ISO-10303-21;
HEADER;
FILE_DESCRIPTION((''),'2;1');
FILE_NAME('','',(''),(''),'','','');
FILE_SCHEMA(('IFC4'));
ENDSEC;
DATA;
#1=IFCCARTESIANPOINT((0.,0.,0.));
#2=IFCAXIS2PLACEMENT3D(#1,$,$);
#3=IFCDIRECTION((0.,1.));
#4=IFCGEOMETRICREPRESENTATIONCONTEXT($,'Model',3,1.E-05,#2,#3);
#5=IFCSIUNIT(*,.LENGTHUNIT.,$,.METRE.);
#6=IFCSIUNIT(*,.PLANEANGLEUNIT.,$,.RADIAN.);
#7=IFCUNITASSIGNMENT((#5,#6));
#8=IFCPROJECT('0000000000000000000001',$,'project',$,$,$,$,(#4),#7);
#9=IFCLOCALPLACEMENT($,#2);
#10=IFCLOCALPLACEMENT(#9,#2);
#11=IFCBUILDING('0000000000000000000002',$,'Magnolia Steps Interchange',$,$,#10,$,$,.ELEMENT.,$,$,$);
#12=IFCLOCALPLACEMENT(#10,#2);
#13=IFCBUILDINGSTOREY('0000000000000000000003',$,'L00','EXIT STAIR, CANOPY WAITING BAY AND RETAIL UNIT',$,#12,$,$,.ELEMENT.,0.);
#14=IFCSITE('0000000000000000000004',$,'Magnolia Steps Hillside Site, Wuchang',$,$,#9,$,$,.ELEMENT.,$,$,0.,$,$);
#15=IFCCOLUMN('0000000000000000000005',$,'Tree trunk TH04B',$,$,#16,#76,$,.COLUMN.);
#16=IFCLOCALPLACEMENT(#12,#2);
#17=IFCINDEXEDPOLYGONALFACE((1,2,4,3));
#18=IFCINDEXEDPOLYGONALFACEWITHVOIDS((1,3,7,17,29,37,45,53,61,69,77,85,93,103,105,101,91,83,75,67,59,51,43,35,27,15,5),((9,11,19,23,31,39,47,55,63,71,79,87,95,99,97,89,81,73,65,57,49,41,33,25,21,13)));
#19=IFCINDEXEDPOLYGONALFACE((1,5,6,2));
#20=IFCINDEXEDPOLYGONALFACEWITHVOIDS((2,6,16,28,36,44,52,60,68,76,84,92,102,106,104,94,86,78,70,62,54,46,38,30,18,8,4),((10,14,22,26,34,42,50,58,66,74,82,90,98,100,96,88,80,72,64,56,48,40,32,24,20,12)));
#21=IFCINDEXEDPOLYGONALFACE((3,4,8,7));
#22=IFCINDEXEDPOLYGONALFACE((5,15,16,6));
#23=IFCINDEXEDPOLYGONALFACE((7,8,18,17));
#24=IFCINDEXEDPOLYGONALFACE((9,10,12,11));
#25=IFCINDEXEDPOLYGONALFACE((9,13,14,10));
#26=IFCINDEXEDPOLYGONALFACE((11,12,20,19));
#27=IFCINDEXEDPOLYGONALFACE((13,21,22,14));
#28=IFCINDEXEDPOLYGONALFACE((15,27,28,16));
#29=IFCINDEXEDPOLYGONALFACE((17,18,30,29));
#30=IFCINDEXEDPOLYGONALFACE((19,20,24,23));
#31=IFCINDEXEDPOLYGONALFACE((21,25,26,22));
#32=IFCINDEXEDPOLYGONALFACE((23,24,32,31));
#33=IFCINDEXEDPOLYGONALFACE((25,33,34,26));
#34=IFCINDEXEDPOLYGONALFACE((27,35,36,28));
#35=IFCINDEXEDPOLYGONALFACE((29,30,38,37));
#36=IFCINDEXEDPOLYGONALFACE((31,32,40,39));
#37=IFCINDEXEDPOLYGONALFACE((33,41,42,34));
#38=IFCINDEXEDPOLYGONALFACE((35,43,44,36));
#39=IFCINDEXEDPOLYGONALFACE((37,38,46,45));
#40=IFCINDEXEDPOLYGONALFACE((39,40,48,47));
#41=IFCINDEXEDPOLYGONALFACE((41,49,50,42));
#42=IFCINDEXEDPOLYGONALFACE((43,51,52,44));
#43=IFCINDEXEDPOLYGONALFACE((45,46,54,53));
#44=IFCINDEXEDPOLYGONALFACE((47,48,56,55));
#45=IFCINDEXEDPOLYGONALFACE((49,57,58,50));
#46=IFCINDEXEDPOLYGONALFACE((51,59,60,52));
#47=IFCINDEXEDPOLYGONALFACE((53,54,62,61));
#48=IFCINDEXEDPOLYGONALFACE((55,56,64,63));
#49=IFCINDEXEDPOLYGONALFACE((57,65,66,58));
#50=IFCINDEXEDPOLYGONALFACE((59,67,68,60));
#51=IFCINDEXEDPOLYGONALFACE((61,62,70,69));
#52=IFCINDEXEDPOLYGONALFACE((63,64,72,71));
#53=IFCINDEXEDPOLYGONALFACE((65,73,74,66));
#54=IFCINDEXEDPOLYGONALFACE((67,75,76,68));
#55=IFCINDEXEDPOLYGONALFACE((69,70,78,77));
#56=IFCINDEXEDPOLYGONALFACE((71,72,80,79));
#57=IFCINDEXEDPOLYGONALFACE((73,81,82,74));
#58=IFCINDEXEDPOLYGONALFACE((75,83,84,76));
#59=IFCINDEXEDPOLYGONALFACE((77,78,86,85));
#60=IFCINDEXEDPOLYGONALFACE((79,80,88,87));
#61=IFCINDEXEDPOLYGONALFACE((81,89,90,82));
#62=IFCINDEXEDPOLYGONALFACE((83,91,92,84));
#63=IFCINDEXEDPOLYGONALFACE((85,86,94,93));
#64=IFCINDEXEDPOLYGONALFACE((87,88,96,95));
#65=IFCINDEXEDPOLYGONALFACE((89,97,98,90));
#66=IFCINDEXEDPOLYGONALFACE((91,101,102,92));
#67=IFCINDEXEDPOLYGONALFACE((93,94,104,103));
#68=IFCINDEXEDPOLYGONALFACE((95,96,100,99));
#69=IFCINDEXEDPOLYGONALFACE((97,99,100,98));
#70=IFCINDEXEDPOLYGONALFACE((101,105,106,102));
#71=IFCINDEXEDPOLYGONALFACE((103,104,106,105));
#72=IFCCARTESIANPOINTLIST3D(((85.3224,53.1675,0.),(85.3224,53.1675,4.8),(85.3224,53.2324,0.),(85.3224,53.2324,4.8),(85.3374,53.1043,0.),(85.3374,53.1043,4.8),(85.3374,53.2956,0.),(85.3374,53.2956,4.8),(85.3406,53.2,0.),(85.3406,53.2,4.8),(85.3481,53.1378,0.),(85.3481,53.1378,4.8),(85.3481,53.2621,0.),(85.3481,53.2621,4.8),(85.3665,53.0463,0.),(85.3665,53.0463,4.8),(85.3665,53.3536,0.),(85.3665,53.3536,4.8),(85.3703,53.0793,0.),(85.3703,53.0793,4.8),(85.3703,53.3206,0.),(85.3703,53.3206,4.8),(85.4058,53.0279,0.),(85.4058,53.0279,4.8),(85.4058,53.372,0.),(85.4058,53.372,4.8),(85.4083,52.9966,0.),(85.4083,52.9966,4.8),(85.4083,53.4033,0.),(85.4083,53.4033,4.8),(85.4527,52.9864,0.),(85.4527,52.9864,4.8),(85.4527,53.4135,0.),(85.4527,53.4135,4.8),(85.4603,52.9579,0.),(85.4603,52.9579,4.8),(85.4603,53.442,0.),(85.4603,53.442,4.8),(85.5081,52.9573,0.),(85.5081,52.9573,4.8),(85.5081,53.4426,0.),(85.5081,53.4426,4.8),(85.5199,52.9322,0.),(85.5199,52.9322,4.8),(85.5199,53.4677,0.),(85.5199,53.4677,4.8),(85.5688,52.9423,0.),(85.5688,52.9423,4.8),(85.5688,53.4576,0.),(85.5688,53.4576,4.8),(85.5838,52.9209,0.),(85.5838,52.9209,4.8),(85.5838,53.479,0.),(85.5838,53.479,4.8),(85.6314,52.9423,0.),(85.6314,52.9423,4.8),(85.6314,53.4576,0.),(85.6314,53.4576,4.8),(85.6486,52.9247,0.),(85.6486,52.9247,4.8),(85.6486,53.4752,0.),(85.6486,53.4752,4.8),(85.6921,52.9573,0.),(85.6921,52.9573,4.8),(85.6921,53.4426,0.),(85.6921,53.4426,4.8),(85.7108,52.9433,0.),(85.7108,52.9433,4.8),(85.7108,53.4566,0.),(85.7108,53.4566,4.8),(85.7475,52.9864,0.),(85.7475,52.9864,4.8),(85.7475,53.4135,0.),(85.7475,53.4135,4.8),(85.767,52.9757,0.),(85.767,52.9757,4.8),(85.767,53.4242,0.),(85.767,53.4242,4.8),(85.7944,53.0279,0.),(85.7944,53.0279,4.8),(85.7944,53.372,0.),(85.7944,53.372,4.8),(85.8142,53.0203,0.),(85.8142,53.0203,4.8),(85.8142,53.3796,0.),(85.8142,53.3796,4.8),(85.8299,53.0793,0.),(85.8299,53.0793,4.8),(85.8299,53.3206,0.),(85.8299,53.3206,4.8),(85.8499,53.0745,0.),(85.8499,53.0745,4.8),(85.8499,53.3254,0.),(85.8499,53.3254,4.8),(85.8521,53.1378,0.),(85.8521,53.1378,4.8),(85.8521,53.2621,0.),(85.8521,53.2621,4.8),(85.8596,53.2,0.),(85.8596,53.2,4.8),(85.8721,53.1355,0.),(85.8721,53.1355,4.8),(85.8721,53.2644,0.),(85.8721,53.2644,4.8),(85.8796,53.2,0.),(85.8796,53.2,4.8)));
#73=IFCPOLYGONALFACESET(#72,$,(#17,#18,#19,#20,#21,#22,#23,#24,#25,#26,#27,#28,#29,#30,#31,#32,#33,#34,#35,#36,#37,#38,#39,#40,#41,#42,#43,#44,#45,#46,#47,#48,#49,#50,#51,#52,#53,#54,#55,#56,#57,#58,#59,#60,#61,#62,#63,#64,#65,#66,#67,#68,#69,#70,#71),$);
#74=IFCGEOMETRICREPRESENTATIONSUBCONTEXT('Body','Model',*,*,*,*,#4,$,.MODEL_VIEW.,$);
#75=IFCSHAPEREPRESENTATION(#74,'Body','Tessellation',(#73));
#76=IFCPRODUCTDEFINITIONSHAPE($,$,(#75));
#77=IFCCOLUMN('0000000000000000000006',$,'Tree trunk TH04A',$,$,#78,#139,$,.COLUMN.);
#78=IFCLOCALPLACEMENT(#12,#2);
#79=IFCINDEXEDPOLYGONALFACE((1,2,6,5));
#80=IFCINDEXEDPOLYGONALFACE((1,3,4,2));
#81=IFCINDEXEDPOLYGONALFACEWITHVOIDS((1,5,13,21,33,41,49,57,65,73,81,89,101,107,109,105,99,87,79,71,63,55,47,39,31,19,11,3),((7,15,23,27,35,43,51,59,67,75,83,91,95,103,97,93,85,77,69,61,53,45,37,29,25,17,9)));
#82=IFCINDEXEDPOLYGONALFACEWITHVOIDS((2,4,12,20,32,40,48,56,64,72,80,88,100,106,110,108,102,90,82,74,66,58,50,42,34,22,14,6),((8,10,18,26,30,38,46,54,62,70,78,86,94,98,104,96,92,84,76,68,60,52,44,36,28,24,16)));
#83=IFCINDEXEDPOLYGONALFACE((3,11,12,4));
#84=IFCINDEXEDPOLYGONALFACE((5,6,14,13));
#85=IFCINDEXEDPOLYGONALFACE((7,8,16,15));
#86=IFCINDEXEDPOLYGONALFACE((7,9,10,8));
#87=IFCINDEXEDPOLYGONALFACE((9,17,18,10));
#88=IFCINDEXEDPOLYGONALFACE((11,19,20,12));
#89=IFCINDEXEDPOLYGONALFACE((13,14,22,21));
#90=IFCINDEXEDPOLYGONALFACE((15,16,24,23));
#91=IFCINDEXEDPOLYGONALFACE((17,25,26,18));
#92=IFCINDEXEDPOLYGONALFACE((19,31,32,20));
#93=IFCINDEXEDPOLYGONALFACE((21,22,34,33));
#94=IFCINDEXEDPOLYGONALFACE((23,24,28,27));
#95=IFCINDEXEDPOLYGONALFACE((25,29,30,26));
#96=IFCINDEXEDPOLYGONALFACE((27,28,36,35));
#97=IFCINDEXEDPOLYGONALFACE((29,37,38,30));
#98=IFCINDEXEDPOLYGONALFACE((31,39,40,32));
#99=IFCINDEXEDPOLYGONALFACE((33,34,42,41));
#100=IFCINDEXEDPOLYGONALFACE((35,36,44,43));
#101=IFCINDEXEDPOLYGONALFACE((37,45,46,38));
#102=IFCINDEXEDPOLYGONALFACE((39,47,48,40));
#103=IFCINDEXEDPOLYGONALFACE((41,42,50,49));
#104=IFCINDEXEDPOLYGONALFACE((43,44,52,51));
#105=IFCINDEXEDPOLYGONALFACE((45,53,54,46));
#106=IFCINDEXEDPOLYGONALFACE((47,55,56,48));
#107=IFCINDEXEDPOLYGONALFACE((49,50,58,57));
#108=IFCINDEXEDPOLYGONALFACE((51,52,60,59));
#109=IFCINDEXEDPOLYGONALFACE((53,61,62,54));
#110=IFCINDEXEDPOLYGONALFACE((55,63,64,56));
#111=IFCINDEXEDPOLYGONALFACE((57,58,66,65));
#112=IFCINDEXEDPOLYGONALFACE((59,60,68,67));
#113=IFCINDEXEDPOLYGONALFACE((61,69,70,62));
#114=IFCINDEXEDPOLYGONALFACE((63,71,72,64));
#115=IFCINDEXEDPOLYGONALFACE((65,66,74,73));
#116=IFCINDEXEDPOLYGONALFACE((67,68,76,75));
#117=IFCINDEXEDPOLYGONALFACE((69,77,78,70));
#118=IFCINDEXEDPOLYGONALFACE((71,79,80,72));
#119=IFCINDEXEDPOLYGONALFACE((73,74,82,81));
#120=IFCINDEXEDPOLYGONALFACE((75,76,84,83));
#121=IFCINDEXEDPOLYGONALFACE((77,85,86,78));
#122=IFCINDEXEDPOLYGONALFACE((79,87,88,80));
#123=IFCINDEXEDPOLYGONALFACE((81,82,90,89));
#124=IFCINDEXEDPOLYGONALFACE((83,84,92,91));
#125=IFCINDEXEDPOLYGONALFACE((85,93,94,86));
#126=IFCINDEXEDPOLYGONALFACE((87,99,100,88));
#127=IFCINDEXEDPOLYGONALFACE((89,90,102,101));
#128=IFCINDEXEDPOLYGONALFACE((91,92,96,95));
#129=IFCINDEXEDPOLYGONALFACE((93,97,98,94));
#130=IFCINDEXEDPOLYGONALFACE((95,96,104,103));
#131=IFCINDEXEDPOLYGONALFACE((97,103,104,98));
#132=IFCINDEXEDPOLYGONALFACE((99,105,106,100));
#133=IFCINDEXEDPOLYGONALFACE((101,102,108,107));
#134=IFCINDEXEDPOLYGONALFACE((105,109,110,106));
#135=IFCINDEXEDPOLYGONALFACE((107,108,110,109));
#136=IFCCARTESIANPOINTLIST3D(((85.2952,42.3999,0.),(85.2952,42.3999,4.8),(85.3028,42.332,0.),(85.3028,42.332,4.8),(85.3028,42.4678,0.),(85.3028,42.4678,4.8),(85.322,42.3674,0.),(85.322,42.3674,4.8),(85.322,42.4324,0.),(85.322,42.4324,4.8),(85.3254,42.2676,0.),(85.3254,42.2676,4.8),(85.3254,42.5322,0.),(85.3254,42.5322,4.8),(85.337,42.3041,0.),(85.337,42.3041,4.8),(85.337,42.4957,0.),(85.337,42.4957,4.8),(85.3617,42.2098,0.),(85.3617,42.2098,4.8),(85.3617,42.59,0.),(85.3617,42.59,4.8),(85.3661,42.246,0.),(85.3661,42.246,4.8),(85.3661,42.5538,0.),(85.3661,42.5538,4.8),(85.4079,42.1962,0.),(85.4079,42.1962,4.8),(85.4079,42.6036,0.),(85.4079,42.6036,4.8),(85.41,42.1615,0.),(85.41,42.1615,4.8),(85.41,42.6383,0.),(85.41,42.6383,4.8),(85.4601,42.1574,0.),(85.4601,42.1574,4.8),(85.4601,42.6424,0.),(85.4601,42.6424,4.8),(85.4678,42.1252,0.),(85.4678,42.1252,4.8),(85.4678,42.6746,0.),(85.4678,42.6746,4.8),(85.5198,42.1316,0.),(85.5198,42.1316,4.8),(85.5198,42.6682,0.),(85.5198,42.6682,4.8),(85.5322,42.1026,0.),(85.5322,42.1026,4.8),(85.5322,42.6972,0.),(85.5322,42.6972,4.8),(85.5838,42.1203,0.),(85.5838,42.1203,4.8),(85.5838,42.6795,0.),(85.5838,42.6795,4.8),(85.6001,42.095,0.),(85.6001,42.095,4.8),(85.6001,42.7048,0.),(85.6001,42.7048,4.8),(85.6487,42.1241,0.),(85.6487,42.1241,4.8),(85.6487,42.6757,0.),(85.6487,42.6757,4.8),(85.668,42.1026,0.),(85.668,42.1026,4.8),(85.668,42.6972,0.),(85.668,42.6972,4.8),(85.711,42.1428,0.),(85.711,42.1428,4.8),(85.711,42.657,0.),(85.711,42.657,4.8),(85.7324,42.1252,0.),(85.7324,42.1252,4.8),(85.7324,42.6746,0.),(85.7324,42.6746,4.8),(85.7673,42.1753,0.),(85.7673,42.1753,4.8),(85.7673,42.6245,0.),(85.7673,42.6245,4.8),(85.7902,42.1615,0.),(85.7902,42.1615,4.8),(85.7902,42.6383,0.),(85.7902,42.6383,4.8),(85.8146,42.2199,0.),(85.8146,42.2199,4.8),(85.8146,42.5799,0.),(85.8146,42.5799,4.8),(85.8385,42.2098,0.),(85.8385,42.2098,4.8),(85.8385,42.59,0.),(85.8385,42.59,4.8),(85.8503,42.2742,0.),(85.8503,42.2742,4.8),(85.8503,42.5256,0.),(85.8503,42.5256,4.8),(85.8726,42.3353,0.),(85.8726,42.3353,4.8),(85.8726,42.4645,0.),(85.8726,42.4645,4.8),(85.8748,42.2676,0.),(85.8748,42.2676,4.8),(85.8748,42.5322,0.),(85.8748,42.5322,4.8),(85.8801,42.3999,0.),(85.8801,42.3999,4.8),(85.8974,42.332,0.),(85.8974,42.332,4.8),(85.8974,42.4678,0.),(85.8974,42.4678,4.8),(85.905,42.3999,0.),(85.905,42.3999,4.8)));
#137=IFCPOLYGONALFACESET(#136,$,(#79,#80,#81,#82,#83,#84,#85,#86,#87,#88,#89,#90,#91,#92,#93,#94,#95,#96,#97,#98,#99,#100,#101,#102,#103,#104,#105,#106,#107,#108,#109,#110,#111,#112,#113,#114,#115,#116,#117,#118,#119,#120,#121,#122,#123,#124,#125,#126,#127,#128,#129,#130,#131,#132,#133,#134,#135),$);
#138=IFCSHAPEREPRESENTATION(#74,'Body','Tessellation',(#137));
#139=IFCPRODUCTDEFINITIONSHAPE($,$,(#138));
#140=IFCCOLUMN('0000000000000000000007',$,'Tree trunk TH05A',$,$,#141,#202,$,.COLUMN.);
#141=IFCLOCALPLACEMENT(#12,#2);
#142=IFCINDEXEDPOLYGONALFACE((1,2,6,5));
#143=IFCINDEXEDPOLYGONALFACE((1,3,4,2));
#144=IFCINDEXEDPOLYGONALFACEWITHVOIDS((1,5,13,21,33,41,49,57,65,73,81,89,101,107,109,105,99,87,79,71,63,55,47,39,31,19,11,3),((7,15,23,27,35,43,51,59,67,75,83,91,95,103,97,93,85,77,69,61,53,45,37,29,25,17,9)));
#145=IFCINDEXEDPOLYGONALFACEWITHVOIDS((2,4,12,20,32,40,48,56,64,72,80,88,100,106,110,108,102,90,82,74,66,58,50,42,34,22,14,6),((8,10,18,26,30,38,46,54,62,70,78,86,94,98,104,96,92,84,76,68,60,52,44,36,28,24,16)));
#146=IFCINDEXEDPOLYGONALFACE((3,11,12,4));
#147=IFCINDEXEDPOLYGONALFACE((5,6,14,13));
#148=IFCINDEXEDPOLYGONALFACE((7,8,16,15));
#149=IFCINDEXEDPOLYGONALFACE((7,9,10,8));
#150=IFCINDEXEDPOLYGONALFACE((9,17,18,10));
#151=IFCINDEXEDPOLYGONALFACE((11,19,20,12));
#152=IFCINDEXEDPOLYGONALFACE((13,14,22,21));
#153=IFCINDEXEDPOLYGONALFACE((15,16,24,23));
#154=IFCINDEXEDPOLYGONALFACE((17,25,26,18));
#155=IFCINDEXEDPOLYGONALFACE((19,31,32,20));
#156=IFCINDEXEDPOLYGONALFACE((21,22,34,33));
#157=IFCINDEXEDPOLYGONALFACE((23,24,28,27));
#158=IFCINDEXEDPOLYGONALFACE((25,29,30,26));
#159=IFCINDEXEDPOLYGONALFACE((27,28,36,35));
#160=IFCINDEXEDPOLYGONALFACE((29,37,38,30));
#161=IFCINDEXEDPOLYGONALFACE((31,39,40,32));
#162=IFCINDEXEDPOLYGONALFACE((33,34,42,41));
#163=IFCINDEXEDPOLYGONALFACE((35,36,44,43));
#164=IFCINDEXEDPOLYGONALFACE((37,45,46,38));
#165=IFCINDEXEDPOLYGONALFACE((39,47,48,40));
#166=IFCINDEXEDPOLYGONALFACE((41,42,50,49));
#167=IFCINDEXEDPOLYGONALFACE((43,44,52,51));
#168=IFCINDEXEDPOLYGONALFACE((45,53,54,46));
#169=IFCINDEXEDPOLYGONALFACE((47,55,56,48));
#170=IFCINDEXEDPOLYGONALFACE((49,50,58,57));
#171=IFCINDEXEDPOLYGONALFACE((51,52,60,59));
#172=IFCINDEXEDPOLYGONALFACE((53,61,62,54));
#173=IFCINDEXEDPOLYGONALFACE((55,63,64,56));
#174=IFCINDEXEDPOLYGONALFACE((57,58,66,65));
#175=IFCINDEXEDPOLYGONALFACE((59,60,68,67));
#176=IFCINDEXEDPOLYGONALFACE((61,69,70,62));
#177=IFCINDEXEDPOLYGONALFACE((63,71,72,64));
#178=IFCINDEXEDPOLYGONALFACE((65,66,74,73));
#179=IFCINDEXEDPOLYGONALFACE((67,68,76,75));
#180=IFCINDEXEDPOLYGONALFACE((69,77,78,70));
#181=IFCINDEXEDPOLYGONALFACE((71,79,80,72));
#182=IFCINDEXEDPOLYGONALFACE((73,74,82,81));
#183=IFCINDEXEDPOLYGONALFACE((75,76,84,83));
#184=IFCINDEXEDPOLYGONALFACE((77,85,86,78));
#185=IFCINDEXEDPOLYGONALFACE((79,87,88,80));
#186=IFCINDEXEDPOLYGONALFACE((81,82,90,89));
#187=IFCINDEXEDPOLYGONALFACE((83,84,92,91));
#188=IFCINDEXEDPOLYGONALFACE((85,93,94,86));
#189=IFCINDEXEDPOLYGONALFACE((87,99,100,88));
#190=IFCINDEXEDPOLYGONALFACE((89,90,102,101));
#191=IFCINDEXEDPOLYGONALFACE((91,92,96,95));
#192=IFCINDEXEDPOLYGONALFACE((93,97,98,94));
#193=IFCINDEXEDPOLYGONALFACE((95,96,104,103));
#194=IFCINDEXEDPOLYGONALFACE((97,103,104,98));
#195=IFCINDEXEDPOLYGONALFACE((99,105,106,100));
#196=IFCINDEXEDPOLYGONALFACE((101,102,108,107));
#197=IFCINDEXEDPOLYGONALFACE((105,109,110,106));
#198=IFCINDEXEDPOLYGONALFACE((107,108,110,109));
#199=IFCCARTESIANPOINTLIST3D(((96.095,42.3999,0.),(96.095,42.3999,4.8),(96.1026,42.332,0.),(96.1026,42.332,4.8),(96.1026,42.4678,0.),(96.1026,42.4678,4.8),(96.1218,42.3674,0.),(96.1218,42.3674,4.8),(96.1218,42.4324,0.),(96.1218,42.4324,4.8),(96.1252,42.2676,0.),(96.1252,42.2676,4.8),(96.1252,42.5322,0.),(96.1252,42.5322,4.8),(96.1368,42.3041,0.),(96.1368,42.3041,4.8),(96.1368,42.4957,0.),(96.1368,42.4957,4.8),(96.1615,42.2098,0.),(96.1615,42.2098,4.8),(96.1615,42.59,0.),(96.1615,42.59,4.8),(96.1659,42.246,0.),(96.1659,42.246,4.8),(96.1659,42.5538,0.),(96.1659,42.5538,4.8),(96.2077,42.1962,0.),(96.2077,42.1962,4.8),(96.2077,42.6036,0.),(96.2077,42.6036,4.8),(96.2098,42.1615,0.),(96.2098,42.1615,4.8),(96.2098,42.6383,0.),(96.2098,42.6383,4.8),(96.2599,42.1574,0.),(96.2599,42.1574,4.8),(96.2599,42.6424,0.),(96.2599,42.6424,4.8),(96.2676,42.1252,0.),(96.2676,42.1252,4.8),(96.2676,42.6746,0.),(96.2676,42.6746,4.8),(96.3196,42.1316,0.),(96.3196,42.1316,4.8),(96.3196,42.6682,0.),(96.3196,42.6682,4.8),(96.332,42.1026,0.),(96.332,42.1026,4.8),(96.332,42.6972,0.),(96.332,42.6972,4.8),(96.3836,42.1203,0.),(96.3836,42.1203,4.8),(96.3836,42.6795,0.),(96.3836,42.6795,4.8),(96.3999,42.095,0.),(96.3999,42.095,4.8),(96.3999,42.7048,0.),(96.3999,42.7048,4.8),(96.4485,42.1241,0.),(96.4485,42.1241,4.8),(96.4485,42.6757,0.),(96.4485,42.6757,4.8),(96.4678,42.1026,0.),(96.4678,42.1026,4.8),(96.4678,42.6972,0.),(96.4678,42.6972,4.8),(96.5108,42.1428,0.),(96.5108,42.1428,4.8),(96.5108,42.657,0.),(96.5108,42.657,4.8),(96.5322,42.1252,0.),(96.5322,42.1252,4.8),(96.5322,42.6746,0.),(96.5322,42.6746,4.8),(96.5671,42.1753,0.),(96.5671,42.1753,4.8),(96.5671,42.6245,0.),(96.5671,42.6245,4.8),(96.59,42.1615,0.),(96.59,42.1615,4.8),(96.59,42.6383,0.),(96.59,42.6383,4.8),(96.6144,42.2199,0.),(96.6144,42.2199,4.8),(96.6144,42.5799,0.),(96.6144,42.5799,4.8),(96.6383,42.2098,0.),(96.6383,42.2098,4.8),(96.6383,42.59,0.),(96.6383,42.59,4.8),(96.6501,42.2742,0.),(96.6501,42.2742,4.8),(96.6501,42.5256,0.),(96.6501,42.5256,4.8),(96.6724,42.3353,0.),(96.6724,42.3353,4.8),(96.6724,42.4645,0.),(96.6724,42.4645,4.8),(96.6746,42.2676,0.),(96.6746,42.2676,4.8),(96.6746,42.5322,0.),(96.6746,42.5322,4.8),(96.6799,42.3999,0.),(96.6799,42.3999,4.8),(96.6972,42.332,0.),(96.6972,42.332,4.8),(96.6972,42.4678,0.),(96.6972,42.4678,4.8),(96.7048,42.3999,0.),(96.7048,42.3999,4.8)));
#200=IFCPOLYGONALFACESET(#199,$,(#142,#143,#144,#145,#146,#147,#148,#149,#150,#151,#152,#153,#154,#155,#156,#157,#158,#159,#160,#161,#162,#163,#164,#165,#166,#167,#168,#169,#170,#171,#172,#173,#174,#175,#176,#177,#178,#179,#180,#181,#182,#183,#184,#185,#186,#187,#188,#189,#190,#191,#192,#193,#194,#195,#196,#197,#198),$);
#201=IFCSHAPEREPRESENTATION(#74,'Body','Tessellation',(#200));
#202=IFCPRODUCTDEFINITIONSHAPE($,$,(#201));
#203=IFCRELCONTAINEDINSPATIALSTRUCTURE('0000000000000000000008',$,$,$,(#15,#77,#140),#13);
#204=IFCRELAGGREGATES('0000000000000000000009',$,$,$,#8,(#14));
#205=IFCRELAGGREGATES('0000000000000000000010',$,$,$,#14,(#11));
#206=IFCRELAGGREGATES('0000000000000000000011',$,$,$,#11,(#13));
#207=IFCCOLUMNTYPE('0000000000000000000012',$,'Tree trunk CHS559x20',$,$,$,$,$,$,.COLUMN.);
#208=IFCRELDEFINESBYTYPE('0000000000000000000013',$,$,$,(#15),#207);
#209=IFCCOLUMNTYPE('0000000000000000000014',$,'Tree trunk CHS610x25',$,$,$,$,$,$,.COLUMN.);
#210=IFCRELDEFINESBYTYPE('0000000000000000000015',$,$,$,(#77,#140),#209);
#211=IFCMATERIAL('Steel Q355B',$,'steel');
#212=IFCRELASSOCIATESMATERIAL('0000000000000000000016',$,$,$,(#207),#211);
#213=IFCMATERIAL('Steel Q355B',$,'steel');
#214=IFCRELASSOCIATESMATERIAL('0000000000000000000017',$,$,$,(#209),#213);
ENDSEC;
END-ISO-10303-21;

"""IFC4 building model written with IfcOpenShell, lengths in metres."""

from ifc_helpers import new_model, si_unit, direction, frame, origin, origin_2d, place, context, subcontext, project, spatial, hollow_circle, extrude, material, material_profile, profile_set, type_object, element, save


model = new_model("IFC4")

# Units and contexts
model_context = context("Model", 3, precision=1e-05, world=origin(), true_north=direction((0.0, 1.0)))
body_context = subcontext(model_context, "Body", "Model", "MODEL_VIEW")
ifc_project = project(units=[si_unit("LENGTHUNIT", "METRE"), si_unit("PLANEANGLEUNIT", "RADIAN")], contexts=[model_context])

# Site, building, storey
site_placement = place(None, origin())
site = spatial("IfcSite", under=ifc_project, at=site_placement, Name="Magnolia Steps Hillside Site, Wuchang", CompositionType="ELEMENT", RefElevation=0.0)
building_placement = place(site_placement, origin())
building = spatial("IfcBuilding", under=site, at=building_placement, Name="Magnolia Steps Interchange", CompositionType="ELEMENT")
storey_placement = place(building_placement, origin())
storey = spatial("IfcBuildingStorey", under=building, at=storey_placement, Name="L00", Description="EXIT STAIR, CANOPY WAITING BAY AND RETAIL UNIT", CompositionType="ELEMENT", Elevation=0.0)

# Columns
ifc_material_1 = material(Name="Steel Q355B", Category="steel")
ifc_material_profile_1 = material_profile(ifc_material_1, hollow_circle(Radius=0.2795, WallThickness=0.02, at=origin_2d()), Name="CHS559x20")
ifc_profile_set_1 = profile_set([ifc_material_profile_1], Name="Steel Q355B")
column_type_1 = type_object("IfcColumnType", Name="Tree trunk CHS559x20", PredefinedType="COLUMN", material=ifc_profile_set_1)
column_placement = place(storey_placement, frame((85.6001, 53.2, 0.0), z_axis=(0.0, 0.0, 1.0), x_axis=(1.0, 0.0, 0.0)))
element("IfcColumn", 1, at=column_placement, inside=storey, type_object=column_type_1, Name="Tree trunk TH04B", PredefinedType="COLUMN", context=body_context, shape_type="SweptSolid", body=[
    extrude(hollow_circle(Radius=0.2795, WallThickness=0.02, at=origin_2d()), origin(), (0.0, 0.0, 1.0), 4.8),
])
ifc_material_2 = material(Name="Steel Q355B", Category="steel")
ifc_material_profile_2 = material_profile(ifc_material_2, hollow_circle(Radius=0.3049, WallThickness=0.0249, at=origin_2d()), Name="CHS610x25")
ifc_profile_set_2 = profile_set([ifc_material_profile_2], Name="Steel Q355B")
column_type_2 = type_object("IfcColumnType", Name="Tree trunk CHS610x25", PredefinedType="COLUMN", material=ifc_profile_set_2)
for number, where, z_axis, x_axis, name in (
    (2, (85.6001, 42.3999, 0.0), (0.0, 0.0, 1.0), (1.0, 0.0, 0.0), "Tree trunk TH04A"),
    (3, (96.3999, 42.3999, 0.0), (0.0, 0.0, 1.0), (1.0, 0.0, 0.0), "Tree trunk TH05A"),
):
    element("IfcColumn", number, at=place(storey_placement, frame(where, z_axis=z_axis, x_axis=x_axis)), inside=storey, type_object=column_type_2, Name=name, PredefinedType="COLUMN", context=body_context, shape_type="SweptSolid", body=[
        extrude(hollow_circle(Radius=0.3049, WallThickness=0.0249, at=origin_2d()), origin(), (0.0, 0.0, 1.0), 4.8),
    ])

save(model, "model.ifc")
